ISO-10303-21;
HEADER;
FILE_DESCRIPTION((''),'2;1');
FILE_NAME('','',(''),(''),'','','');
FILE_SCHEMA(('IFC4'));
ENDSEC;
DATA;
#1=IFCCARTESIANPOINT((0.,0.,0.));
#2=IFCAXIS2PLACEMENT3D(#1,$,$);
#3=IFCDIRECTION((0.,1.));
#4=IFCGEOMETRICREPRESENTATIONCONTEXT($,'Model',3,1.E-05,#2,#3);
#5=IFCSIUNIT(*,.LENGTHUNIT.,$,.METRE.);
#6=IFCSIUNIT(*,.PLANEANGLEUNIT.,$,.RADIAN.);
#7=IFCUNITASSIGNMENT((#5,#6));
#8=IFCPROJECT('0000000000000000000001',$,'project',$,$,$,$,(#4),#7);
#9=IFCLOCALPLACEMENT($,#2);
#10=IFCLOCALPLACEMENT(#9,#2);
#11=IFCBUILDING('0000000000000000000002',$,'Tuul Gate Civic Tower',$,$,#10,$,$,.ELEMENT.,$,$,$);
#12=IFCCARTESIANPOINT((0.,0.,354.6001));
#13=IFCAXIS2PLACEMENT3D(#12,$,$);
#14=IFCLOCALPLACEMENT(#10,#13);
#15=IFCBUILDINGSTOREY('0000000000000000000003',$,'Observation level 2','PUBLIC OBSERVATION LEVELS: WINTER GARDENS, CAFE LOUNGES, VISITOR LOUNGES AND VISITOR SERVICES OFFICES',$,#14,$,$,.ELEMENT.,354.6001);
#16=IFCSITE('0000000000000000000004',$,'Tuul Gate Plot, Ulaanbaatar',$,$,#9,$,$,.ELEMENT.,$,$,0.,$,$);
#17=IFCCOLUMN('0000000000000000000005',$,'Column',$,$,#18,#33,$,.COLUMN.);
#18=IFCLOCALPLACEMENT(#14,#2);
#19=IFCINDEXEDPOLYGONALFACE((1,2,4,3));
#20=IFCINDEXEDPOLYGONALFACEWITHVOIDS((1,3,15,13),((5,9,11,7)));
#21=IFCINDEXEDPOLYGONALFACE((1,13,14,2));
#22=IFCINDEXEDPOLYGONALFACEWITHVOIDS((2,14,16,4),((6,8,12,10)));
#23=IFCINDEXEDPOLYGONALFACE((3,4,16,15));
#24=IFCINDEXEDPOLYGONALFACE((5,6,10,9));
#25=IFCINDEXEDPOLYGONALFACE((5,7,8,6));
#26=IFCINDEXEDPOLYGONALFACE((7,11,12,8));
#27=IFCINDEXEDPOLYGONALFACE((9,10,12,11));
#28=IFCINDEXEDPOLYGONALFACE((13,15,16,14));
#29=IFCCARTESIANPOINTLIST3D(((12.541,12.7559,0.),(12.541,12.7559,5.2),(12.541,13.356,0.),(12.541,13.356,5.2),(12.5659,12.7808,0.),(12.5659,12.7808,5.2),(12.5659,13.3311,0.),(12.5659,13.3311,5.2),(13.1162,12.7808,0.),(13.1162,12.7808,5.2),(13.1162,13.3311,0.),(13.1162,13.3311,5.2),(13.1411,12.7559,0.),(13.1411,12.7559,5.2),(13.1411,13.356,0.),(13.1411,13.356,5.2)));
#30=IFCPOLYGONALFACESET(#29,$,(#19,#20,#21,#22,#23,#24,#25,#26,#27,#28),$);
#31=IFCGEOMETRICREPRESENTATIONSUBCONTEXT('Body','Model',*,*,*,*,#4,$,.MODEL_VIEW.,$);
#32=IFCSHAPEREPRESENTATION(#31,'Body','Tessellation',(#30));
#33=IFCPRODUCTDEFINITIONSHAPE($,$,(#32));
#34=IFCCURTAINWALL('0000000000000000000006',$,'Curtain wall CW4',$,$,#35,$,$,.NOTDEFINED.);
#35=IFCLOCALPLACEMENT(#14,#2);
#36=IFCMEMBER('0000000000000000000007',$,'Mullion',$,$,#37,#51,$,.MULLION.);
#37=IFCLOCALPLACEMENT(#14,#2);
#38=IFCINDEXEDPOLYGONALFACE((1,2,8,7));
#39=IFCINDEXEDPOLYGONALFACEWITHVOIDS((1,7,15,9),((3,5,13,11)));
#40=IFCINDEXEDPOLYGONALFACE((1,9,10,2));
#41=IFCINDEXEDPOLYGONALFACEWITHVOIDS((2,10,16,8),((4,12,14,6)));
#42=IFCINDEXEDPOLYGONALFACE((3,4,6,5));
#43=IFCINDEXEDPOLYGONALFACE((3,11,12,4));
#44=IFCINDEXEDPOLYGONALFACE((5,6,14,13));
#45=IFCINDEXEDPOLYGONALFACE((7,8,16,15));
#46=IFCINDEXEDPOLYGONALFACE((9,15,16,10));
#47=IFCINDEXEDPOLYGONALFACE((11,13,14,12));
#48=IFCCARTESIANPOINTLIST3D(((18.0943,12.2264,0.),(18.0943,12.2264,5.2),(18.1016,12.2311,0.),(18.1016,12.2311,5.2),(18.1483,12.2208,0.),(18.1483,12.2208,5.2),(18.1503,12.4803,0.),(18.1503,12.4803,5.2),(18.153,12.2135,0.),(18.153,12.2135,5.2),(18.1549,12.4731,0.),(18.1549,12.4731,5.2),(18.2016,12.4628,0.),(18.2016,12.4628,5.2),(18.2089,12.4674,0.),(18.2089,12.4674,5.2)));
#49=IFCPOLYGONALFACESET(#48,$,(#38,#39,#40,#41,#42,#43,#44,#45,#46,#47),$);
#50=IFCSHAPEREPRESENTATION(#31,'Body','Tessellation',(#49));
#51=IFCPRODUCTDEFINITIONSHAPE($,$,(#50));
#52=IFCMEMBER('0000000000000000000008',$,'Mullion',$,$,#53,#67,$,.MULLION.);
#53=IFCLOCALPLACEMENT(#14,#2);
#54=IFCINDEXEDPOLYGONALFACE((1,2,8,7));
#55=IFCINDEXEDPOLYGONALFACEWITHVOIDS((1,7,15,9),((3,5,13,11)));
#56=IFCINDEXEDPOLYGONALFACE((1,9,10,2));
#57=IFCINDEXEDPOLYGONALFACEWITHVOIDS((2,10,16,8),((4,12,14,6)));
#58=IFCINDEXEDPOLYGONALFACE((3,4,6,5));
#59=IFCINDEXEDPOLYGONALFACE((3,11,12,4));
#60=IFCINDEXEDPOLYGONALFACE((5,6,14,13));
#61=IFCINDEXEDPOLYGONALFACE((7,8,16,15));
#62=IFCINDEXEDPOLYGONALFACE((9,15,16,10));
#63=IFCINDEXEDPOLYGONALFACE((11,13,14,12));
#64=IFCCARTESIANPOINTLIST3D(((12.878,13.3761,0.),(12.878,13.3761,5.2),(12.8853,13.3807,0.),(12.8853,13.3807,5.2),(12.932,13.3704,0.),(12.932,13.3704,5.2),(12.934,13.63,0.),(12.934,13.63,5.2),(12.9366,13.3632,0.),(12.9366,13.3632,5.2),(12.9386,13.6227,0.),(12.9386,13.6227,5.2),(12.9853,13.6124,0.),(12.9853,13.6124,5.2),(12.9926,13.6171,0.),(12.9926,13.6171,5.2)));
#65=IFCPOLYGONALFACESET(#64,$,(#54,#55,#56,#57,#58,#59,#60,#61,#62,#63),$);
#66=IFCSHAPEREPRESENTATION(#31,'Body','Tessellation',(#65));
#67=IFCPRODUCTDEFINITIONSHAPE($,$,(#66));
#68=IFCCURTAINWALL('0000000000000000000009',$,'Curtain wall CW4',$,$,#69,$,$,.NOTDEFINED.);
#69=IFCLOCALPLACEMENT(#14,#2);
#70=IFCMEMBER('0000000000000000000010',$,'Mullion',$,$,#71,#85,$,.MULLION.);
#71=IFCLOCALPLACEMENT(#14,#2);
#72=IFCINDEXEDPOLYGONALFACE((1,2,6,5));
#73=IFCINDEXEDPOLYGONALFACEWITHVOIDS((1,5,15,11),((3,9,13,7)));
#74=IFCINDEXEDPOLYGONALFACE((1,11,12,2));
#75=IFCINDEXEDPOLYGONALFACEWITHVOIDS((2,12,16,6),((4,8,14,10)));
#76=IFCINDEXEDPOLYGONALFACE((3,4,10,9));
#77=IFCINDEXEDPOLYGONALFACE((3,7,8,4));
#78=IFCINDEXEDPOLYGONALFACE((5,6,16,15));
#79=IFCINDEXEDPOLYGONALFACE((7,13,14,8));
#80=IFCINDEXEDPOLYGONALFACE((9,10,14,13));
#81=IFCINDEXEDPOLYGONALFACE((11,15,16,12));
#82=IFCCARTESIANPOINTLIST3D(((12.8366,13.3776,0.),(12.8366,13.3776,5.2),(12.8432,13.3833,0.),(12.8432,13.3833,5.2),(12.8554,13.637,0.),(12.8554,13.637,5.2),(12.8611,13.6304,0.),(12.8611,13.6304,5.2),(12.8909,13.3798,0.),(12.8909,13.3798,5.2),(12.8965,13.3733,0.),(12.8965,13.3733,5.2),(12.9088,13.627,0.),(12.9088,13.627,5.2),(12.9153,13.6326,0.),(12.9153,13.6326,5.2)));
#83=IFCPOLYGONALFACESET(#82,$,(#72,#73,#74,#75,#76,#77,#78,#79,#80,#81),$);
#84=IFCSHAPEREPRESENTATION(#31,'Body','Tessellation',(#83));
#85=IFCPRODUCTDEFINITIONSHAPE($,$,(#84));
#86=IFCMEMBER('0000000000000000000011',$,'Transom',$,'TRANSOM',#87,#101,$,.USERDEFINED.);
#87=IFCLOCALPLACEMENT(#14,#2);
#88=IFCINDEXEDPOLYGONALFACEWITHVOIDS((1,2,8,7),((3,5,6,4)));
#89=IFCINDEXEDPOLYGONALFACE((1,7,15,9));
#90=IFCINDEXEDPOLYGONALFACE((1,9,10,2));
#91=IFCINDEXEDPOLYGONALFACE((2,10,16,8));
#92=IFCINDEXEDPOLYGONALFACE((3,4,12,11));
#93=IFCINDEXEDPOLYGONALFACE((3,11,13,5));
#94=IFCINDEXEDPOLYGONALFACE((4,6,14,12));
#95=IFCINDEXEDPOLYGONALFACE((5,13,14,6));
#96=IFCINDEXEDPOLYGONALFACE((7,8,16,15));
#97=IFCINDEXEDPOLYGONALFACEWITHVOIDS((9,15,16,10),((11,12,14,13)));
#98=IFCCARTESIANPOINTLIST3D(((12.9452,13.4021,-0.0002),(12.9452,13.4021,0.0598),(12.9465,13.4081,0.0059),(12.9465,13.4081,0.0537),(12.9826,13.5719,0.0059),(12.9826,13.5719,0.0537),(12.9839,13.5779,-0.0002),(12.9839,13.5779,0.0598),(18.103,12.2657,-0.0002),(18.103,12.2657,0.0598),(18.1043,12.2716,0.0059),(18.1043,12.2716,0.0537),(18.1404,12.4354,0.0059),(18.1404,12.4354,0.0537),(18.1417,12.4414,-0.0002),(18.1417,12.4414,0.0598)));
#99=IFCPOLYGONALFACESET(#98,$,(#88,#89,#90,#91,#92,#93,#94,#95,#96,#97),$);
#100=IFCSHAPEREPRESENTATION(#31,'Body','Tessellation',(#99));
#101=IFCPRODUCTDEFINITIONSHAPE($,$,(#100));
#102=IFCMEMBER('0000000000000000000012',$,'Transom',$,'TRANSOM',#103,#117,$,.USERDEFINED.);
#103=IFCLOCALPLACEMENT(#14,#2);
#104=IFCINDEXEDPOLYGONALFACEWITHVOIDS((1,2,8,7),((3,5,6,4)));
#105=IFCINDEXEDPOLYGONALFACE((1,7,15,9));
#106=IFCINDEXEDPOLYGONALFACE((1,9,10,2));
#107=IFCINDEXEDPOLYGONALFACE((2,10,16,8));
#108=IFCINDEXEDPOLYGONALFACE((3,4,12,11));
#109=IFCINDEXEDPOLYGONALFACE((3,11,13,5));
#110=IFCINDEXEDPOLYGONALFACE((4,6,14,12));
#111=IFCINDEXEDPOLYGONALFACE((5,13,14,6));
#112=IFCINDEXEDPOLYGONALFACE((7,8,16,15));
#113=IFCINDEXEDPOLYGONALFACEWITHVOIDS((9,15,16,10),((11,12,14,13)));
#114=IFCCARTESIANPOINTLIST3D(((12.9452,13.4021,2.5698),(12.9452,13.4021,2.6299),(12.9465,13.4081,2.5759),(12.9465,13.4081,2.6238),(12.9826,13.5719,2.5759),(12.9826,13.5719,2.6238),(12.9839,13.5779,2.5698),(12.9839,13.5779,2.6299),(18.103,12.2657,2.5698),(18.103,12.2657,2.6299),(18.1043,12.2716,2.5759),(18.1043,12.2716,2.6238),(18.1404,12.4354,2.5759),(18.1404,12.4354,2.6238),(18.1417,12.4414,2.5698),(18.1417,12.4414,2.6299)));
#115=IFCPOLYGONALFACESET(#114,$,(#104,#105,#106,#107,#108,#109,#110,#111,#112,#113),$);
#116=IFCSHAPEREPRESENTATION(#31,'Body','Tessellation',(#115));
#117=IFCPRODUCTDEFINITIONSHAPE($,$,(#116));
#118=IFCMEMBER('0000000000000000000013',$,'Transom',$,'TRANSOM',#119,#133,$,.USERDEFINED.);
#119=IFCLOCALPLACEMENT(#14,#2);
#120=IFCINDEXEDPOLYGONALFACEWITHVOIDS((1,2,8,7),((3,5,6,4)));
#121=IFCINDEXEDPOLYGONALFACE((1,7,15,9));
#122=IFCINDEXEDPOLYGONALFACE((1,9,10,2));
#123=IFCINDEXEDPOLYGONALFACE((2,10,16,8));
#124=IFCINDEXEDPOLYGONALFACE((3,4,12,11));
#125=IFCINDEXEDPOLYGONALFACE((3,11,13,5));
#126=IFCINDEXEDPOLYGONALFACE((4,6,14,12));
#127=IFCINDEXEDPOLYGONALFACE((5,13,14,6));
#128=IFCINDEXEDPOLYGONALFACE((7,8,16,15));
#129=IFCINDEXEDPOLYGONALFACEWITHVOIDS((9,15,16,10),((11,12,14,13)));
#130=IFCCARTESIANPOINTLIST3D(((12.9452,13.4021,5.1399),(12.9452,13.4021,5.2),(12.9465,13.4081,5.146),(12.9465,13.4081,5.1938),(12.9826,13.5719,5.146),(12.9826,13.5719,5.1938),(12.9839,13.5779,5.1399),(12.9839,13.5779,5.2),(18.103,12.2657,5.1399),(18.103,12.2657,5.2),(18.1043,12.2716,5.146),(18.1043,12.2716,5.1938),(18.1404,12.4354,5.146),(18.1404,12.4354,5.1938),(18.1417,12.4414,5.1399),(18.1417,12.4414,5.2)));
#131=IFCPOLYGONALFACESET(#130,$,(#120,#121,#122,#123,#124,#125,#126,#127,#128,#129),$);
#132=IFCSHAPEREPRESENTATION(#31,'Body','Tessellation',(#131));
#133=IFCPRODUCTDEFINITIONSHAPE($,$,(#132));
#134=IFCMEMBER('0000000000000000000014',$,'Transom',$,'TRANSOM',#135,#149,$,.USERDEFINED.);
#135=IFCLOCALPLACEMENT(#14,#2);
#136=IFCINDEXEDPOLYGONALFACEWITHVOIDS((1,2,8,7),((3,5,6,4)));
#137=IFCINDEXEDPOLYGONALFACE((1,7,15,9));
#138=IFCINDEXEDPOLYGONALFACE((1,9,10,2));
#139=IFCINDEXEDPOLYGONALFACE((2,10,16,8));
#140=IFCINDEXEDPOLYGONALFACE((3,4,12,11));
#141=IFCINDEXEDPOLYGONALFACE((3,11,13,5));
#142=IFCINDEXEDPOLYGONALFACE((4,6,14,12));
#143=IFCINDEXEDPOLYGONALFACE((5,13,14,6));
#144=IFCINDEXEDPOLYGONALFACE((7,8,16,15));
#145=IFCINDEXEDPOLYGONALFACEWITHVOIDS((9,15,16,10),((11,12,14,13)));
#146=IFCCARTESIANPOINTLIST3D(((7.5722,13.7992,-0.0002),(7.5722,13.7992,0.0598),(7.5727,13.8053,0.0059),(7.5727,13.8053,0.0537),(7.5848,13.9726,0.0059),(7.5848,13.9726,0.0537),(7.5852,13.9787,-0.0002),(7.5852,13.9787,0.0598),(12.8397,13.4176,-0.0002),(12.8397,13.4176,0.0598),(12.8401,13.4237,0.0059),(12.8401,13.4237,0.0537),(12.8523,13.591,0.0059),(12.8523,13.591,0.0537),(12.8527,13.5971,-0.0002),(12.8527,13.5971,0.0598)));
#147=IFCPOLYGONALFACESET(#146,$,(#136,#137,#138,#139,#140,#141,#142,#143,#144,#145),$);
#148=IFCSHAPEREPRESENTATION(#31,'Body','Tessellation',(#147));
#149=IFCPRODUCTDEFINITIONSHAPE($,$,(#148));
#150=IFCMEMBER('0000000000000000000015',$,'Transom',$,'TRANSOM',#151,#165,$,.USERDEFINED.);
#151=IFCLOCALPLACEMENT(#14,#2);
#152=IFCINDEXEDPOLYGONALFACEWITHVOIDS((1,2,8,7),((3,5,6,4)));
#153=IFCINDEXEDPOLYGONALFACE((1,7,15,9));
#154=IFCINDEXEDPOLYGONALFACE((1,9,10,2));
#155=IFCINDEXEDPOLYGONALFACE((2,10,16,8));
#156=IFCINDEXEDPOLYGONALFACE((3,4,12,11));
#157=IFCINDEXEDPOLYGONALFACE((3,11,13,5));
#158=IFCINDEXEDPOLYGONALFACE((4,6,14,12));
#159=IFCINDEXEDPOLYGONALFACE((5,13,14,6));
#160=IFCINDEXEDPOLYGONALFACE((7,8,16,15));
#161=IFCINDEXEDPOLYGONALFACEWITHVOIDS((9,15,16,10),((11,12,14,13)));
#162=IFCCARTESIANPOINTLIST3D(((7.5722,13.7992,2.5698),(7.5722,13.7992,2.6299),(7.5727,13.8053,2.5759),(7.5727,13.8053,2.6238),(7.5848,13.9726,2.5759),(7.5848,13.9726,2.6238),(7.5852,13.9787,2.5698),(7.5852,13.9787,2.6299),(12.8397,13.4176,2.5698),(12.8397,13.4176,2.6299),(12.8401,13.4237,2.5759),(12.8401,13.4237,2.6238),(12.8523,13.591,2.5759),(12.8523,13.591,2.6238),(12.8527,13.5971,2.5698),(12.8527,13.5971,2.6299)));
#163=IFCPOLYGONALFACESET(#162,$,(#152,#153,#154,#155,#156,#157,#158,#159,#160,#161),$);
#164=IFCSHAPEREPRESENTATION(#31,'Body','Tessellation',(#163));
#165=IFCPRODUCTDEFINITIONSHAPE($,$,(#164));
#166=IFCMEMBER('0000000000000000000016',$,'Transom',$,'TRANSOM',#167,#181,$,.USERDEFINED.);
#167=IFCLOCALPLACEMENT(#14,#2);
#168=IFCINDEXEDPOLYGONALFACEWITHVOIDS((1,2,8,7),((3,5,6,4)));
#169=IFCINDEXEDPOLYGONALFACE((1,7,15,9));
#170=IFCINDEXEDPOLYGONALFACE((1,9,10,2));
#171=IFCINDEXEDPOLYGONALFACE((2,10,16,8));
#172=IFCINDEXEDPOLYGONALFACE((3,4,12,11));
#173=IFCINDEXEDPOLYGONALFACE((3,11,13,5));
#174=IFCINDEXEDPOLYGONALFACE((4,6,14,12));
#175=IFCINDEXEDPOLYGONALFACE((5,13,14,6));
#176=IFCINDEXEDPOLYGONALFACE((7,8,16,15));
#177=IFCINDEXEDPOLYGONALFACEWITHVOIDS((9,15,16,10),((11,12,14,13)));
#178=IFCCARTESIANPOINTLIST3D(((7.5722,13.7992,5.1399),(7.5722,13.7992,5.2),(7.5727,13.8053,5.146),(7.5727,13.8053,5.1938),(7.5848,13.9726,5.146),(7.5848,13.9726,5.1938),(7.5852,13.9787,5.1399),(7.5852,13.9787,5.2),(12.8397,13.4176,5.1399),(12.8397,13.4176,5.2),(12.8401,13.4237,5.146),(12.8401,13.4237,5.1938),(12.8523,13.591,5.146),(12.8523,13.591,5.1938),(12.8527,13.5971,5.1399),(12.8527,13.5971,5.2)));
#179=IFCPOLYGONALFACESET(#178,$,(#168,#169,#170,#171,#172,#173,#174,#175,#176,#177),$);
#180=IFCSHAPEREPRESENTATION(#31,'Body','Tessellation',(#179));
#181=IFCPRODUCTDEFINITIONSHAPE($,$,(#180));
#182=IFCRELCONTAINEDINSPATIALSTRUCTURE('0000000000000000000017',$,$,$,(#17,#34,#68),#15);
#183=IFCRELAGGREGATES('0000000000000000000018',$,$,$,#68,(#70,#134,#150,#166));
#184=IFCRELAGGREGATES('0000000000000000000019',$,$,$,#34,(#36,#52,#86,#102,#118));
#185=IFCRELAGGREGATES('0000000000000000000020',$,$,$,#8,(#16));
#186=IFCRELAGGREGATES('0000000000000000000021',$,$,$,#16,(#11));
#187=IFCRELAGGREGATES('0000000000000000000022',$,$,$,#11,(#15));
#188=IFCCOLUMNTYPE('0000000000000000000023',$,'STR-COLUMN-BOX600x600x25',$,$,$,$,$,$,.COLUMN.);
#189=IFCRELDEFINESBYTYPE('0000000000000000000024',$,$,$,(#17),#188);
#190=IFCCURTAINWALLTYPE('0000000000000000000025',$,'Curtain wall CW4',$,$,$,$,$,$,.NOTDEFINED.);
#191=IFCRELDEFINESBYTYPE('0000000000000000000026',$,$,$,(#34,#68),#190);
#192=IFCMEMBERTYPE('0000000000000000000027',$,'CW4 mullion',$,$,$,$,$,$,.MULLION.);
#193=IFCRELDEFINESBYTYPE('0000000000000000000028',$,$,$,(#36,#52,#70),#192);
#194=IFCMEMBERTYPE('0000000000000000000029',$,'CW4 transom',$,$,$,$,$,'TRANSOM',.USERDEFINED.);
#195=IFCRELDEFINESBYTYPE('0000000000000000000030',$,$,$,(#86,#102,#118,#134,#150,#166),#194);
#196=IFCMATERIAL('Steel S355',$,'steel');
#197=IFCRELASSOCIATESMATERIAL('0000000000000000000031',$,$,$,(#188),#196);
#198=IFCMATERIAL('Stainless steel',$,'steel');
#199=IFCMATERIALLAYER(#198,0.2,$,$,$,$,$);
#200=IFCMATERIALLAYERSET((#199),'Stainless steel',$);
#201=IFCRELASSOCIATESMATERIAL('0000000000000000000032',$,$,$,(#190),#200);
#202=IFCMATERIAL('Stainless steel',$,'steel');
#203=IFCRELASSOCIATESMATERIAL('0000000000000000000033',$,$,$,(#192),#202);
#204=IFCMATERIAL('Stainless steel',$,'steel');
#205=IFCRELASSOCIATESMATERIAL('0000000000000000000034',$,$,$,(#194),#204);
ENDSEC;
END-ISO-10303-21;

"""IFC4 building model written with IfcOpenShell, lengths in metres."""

from ifc_helpers import new_model, si_unit, direction, frame, origin, origin_2d, place, context, subcontext, project, spatial, hollow_rectangle, extrude, material, layer, layer_set, material_profile, profile_set, type_object, element, aggregate, save


model = new_model("IFC4")

# Units and contexts
model_context = context("Model", 3, precision=1e-05, world=origin(), true_north=direction((0.0, 1.0)))
body_context = subcontext(model_context, "Body", "Model", "MODEL_VIEW")
ifc_project = project(units=[si_unit("LENGTHUNIT", "METRE"), si_unit("PLANEANGLEUNIT", "RADIAN")], contexts=[model_context])

# Site, building, storey
site_placement = place(None, origin())
site = spatial("IfcSite", under=ifc_project, at=site_placement, Name="Tuul Gate Plot, Ulaanbaatar", CompositionType="ELEMENT", RefElevation=0.0)
building_placement = place(site_placement, origin())
building = spatial("IfcBuilding", under=site, at=building_placement, Name="Tuul Gate Civic Tower", CompositionType="ELEMENT")
storey_placement = place(building_placement, frame((0.0, 0.0, 354.6001)))
storey = spatial("IfcBuildingStorey", under=building, at=storey_placement, Name="Observation level 2", Description="PUBLIC OBSERVATION LEVELS: WINTER GARDENS, CAFE LOUNGES, VISITOR LOUNGES AND VISITOR SERVICES OFFICES", CompositionType="ELEMENT", Elevation=354.6001)

# Column
ifc_material_1 = material(Name="Steel S355", Category="steel")
ifc_material_profile_1 = material_profile(ifc_material_1, hollow_rectangle(XDim=0.6001, YDim=0.6001, WallThickness=0.0249, at=origin_2d()), Name="BOX600x600x25")
ifc_profile_set_1 = profile_set([ifc_material_profile_1], Name="Steel S355")
column_type = type_object("IfcColumnType", Name="STR-COLUMN-BOX600x600x25", PredefinedType="COLUMN", material=ifc_profile_set_1)
column_placement = place(storey_placement, frame((12.8411, 13.0559, 0.0), z_axis=(0.0, 0.0, 1.0), x_axis=(1.0, 0.0, 0.0)))
element("IfcColumn", 1, at=column_placement, inside=storey, type_object=column_type, Name="Column", PredefinedType="COLUMN", context=body_context, shape_type="SweptSolid", body=[
    extrude(hollow_rectangle(XDim=0.6001, YDim=0.6001, WallThickness=0.0249, at=origin_2d()), origin(), (0.0, 0.0, 1.0), 5.2),
])

# Curtain wall, members
ifc_material_2 = material(Name="Stainless steel", Category="steel")
ifc_layer_1 = layer(ifc_material_2, 0.2)
ifc_layer_set_1 = layer_set([ifc_layer_1], Name="Stainless steel")
curtain_wall_type = type_object("IfcCurtainWallType", Name="Curtain wall CW4", PredefinedType="NOTDEFINED", material=ifc_layer_set_1)
curtain_wall_1_placement = place(storey_placement, origin())
curtain_wall_1 = element("IfcCurtainWall", 2, at=curtain_wall_1_placement, inside=storey, type_object=curtain_wall_type, Name="Curtain wall CW4", PredefinedType="NOTDEFINED")
ifc_material_3 = material(Name="Stainless steel", Category="steel")
ifc_material_profile_2 = material_profile(ifc_material_3, hollow_rectangle(XDim=0.26, YDim=0.0601, WallThickness=0.0061, at=origin_2d()), Name="CW4 mullion")
ifc_profile_set_2 = profile_set([ifc_material_profile_2], Name="Stainless steel")
member_type_1 = type_object("IfcMemberType", Name="CW4 mullion", PredefinedType="MULLION", material=ifc_profile_set_2)
member_1_placement = place(storey_placement, frame((18.1516, 12.3469, 0.0), z_axis=(0.0, 0.0, 1.0), x_axis=(-0.215215, -0.976567, 0.0)))
member_1 = element("IfcMember", 3, at=member_1_placement, type_object=member_type_1, Name="Mullion", PredefinedType="MULLION", context=body_context, shape_type="SweptSolid", body=[
    extrude(hollow_rectangle(XDim=0.26, YDim=0.0601, WallThickness=0.0061, at=origin_2d()), origin(), (0.0, 0.0, 1.0), 5.2),
])
member_2_placement = place(storey_placement, frame((12.9353, 13.4966, 0.0), z_axis=(0.0, 0.0, 1.0), x_axis=(-0.215215, -0.976567, 0.0)))
member_2 = element("IfcMember", 4, at=member_2_placement, type_object=member_type_1, Name="Mullion", PredefinedType="MULLION", context=body_context, shape_type="SweptSolid", body=[
    extrude(hollow_rectangle(XDim=0.26, YDim=0.0601, WallThickness=0.0061, at=origin_2d()), origin(), (0.0, 0.0, 1.0), 5.2),
])

# Curtain wall, member
curtain_wall_2_placement = place(storey_placement, origin())
curtain_wall_2 = element("IfcCurtainWall", 5, at=curtain_wall_2_placement, inside=storey, type_object=curtain_wall_type, Name="Curtain wall CW4", PredefinedType="NOTDEFINED")
member_3_placement = place(storey_placement, frame((12.876, 13.5051, 0.0), z_axis=(0.0, 0.0, 1.0), x_axis=(-0.072239, -0.997387, 0.0)))
member_3 = element("IfcMember", 6, at=member_3_placement, type_object=member_type_1, Name="Mullion", PredefinedType="MULLION", context=body_context, shape_type="SweptSolid", body=[
    extrude(hollow_rectangle(XDim=0.26, YDim=0.0601, WallThickness=0.0061, at=origin_2d()), origin(), (0.0, 0.0, 1.0), 5.2),
])

# Members
ifc_material_4 = material(Name="Stainless steel", Category="steel")
ifc_material_profile_3 = material_profile(ifc_material_4, hollow_rectangle(XDim=0.1799, YDim=0.0601, WallThickness=0.0061, at=origin_2d()), Name="CW4 transom")
ifc_profile_set_3 = profile_set([ifc_material_profile_3], Name="Stainless steel")
member_type_2 = type_object("IfcMemberType", Name="CW4 transom", ElementType="TRANSOM", PredefinedType="USERDEFINED", material=ifc_profile_set_3)
member_4_placement = place(storey_placement, frame((18.1223, 12.3535, 0.0298), z_axis=(-0.976574, 0.215183, 0.0), x_axis=(-0.215183, -0.976574, 0.0)))
member_4 = element("IfcMember", 7, at=member_4_placement, type_object=member_type_2, Name="Transom", ObjectType="TRANSOM", PredefinedType="USERDEFINED", context=body_context, shape_type="SweptSolid", body=[
    extrude(hollow_rectangle(XDim=0.1799, YDim=0.0601, WallThickness=0.0061, at=origin_2d()), origin(), (0.0, 0.0, 1.0), 5.2815),
])
member_5_placement = place(storey_placement, frame((18.1223, 12.3535, 2.5999), z_axis=(-0.976574, 0.215183, 0.0), x_axis=(-0.215183, -0.976574, 0.0)))
member_5 = element("IfcMember", 8, at=member_5_placement, type_object=member_type_2, Name="Transom", ObjectType="TRANSOM", PredefinedType="USERDEFINED", context=body_context, shape_type="SweptSolid", body=[
    extrude(hollow_rectangle(XDim=0.1799, YDim=0.0601, WallThickness=0.0061, at=origin_2d()), origin(), (0.0, 0.0, 1.0), 5.2815),
])
member_6_placement = place(storey_placement, frame((18.1223, 12.3535, 5.1699), z_axis=(-0.976574, 0.215183, 0.0), x_axis=(-0.215183, -0.976574, 0.0)))
member_6 = element("IfcMember", 9, at=member_6_placement, type_object=member_type_2, Name="Transom", ObjectType="TRANSOM", PredefinedType="USERDEFINED", context=body_context, shape_type="SweptSolid", body=[
    extrude(hollow_rectangle(XDim=0.1799, YDim=0.0601, WallThickness=0.0061, at=origin_2d()), origin(), (0.0, 0.0, 1.0), 5.2815),
])
member_7_placement = place(storey_placement, frame((12.8462, 13.5073, 0.0298), z_axis=(-0.997386, 0.072256, 0.0), x_axis=(-0.072256, -0.997386, 0.0)))
member_7 = element("IfcMember", 10, at=member_7_placement, type_object=member_type_2, Name="Transom", ObjectType="TRANSOM", PredefinedType="USERDEFINED", context=body_context, shape_type="SweptSolid", body=[
    extrude(hollow_rectangle(XDim=0.1799, YDim=0.0601, WallThickness=0.0061, at=origin_2d()), origin(), (0.0, 0.0, 1.0), 5.2812),
])
member_8_placement = place(storey_placement, frame((12.8462, 13.5073, 2.5999), z_axis=(-0.997386, 0.072256, 0.0), x_axis=(-0.072256, -0.997386, 0.0)))
member_8 = element("IfcMember", 11, at=member_8_placement, type_object=member_type_2, Name="Transom", ObjectType="TRANSOM", PredefinedType="USERDEFINED", context=body_context, shape_type="SweptSolid", body=[
    extrude(hollow_rectangle(XDim=0.1799, YDim=0.0601, WallThickness=0.0061, at=origin_2d()), origin(), (0.0, 0.0, 1.0), 5.2812),
])
member_9_placement = place(storey_placement, frame((12.8462, 13.5073, 5.1699), z_axis=(-0.997386, 0.072256, 0.0), x_axis=(-0.072256, -0.997386, 0.0)))
member_9 = element("IfcMember", 12, at=member_9_placement, type_object=member_type_2, Name="Transom", ObjectType="TRANSOM", PredefinedType="USERDEFINED", context=body_context, shape_type="SweptSolid", body=[
    extrude(hollow_rectangle(XDim=0.1799, YDim=0.0601, WallThickness=0.0061, at=origin_2d()), origin(), (0.0, 0.0, 1.0), 5.2812),
])
aggregate(curtain_wall_2, [member_3, member_7, member_8, member_9])

aggregate(curtain_wall_1, [member_1, member_2, member_4, member_5, member_6])

save(model, "model.ifc")
